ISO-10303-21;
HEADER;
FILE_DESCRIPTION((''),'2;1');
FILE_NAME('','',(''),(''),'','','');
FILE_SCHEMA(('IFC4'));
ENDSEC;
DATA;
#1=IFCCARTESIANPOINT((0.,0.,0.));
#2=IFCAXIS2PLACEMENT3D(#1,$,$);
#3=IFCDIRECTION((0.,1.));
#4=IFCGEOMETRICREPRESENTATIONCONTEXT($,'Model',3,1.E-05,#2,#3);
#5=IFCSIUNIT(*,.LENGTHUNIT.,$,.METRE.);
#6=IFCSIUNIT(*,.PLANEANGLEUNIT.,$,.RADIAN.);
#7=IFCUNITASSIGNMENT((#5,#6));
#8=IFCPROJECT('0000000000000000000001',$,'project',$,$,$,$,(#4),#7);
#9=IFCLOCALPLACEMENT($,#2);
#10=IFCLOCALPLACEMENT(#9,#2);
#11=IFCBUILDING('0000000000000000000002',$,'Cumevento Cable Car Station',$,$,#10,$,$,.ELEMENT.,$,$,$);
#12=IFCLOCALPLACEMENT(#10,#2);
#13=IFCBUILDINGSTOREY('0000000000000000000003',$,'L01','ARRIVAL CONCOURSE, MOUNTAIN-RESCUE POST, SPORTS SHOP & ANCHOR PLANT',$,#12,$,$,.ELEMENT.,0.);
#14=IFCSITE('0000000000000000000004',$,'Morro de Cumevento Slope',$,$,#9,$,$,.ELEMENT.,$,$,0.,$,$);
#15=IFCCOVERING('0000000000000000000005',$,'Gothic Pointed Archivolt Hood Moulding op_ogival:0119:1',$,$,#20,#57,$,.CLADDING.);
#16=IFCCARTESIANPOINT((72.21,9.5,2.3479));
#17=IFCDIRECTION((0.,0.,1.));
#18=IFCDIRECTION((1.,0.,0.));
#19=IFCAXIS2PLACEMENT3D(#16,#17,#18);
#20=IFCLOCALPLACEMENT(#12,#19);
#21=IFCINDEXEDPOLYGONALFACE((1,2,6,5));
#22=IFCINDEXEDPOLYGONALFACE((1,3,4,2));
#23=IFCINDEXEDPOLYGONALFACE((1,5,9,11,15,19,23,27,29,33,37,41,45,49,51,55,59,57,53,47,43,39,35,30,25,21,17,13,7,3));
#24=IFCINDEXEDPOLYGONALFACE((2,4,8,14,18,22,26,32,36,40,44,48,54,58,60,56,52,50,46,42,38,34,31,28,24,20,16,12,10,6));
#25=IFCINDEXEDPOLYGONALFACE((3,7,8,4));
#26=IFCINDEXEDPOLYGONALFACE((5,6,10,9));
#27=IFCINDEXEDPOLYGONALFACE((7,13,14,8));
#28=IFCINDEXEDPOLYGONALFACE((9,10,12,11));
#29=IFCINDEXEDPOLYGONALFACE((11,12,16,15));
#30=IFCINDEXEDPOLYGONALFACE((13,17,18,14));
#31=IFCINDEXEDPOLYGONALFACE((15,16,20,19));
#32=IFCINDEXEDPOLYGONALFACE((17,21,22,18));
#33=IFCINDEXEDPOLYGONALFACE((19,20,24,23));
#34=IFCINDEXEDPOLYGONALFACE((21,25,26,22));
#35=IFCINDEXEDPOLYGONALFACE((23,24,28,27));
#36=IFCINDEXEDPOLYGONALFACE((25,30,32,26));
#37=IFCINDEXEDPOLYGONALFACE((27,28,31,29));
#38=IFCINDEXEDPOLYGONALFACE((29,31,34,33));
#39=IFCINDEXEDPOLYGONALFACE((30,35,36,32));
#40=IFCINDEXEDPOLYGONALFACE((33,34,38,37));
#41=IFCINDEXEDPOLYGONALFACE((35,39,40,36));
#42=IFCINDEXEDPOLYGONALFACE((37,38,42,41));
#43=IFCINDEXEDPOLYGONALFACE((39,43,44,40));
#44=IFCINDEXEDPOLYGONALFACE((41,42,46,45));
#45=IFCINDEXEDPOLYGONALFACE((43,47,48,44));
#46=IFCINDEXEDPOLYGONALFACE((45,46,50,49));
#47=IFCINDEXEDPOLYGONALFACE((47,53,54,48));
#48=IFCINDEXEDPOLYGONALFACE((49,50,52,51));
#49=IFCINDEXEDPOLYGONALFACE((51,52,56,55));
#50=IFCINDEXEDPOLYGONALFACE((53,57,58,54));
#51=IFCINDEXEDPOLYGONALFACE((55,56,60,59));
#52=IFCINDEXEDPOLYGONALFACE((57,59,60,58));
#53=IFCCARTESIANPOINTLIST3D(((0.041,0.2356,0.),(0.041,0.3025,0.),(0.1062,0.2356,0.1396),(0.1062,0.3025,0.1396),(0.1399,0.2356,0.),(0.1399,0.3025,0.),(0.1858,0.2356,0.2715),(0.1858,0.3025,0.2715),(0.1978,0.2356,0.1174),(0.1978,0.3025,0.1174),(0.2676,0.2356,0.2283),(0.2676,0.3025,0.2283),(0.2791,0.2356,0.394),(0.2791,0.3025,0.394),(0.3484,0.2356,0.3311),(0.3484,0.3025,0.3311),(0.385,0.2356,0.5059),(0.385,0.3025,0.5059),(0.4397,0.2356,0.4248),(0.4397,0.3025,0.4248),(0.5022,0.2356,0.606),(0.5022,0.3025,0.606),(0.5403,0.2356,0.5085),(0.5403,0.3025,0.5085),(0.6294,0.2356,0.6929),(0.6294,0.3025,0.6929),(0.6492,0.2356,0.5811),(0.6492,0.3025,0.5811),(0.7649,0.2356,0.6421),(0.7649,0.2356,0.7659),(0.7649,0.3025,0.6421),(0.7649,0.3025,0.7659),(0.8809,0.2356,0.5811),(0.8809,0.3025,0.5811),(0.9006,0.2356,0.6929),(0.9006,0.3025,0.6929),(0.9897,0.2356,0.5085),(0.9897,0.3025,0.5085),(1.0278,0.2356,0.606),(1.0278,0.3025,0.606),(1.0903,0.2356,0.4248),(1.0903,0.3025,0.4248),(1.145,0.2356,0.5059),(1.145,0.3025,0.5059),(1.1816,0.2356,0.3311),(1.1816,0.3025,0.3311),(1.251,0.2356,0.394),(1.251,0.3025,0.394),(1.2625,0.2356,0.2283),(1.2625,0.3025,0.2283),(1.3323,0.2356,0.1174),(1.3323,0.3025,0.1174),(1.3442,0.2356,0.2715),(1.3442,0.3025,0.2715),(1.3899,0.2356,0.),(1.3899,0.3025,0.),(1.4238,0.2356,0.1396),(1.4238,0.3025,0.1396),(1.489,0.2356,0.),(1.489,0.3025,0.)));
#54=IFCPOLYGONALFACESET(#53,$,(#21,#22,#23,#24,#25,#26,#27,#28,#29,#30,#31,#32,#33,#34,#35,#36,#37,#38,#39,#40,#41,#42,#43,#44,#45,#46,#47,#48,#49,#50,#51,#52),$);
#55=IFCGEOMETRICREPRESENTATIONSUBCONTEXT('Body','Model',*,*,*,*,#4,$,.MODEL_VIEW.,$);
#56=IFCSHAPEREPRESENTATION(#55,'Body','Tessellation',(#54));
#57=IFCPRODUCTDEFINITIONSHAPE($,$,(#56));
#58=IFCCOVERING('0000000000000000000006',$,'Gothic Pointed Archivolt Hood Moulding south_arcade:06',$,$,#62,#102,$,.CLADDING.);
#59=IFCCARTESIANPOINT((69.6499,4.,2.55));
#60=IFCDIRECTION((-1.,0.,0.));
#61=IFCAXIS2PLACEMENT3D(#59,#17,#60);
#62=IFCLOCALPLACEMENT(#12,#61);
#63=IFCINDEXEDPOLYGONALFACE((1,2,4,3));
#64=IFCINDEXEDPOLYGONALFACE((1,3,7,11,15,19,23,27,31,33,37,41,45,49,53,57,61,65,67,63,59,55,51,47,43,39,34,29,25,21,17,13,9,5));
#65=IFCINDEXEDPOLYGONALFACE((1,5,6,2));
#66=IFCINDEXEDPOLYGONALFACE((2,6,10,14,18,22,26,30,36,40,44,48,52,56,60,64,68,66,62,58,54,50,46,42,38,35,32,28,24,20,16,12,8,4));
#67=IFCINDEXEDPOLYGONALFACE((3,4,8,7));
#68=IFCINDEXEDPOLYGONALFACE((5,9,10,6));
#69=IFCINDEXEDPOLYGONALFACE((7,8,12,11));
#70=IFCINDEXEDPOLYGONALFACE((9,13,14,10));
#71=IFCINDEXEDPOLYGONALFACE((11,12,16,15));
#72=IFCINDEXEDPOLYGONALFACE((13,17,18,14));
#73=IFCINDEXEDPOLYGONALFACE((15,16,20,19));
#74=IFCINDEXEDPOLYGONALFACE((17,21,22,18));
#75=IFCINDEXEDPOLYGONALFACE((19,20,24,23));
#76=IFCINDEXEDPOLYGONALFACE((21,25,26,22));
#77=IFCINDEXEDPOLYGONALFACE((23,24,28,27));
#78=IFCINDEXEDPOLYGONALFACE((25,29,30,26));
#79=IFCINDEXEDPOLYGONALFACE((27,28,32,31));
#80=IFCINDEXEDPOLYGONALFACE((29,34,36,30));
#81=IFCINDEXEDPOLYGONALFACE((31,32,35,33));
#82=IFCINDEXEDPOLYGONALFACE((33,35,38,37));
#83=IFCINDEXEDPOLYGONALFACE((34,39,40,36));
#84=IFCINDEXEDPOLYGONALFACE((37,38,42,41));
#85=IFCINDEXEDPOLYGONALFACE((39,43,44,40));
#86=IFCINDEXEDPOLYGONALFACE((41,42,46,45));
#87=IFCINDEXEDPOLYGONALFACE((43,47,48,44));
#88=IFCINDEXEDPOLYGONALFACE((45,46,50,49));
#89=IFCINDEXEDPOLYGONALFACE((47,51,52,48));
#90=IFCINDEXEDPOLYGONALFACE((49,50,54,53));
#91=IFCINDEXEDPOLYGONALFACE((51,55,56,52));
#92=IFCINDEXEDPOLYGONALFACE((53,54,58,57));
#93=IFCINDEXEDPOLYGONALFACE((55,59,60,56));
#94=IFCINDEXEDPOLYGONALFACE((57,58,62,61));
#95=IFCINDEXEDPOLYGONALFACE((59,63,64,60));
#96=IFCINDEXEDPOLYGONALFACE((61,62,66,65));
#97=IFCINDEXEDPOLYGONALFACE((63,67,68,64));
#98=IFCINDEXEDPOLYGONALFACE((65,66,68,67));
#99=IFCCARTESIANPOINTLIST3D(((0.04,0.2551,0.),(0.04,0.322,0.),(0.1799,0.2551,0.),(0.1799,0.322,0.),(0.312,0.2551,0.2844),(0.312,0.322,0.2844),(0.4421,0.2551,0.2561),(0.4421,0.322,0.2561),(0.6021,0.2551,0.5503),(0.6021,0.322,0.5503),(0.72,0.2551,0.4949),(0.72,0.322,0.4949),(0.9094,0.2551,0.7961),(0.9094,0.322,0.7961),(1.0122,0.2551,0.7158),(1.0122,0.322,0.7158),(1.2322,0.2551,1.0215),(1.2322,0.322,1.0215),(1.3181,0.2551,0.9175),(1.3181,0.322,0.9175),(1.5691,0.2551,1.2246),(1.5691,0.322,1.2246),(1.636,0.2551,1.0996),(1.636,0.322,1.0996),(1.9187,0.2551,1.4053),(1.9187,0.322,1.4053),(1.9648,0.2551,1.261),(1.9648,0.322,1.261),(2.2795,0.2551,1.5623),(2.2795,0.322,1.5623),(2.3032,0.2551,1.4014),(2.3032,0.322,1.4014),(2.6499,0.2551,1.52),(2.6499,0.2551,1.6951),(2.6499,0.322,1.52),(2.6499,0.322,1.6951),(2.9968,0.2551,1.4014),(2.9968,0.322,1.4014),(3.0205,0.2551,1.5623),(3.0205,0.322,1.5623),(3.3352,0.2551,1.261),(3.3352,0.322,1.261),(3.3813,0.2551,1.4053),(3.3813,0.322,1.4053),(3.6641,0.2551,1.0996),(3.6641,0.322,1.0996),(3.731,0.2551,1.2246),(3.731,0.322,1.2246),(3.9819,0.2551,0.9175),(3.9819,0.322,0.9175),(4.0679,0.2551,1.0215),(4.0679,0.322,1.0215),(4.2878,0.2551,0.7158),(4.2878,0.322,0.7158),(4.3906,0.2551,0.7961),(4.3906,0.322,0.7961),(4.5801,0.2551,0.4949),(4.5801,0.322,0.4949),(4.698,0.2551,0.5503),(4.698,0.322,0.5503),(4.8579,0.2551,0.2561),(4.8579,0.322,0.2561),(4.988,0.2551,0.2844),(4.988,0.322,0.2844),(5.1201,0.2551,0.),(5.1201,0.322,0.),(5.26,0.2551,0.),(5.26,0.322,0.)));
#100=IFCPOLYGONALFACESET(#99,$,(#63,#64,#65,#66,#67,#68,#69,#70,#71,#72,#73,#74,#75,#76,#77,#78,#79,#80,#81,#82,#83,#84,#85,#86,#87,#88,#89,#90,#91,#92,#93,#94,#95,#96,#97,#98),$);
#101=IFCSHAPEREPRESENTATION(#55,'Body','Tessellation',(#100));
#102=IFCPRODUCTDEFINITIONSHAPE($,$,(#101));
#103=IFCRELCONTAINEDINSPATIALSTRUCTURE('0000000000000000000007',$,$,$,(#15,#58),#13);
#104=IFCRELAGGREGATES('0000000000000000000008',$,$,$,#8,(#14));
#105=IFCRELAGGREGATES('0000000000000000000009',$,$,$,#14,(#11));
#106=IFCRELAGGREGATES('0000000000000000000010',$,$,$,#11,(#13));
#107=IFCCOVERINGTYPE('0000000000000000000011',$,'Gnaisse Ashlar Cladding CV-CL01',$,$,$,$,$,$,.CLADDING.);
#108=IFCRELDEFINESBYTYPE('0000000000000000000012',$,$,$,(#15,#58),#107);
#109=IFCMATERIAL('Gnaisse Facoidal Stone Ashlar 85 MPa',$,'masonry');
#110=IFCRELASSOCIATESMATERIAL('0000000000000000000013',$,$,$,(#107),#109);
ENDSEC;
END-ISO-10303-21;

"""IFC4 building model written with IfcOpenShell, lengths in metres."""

from ifc_helpers import new_model, si_unit, direction, frame, origin, place, context, subcontext, project, spatial, polyline, outline, extrude, material, type_object, element, save


model = new_model("IFC4")

# Units and contexts
model_context = context("Model", 3, precision=1e-05, world=origin(), true_north=direction((0.0, 1.0)))
body_context = subcontext(model_context, "Body", "Model", "MODEL_VIEW")
ifc_project = project(units=[si_unit("LENGTHUNIT", "METRE"), si_unit("PLANEANGLEUNIT", "RADIAN")], contexts=[model_context])

# Site, building, storey
site_placement = place(None, origin())
site = spatial("IfcSite", under=ifc_project, at=site_placement, Name="Morro de Cumevento Slope", CompositionType="ELEMENT", RefElevation=0.0)
building_placement = place(site_placement, origin())
building = spatial("IfcBuilding", under=site, at=building_placement, Name="Cumevento Cable Car Station", CompositionType="ELEMENT")
storey_placement = place(building_placement, origin())
storey = spatial("IfcBuildingStorey", under=building, at=storey_placement, Name="L01", Description="ARRIVAL CONCOURSE, MOUNTAIN-RESCUE POST, SPORTS SHOP & ANCHOR PLANT", CompositionType="ELEMENT", Elevation=0.0)

# Coverings
ifc_material_1 = material(Name="Gnaisse Facoidal Stone Ashlar 85 MPa", Category="masonry")
covering_type = type_object("IfcCoveringType", Name="Gnaisse Ashlar Cladding CV-CL01", PredefinedType="CLADDING", material=ifc_material_1)
covering_1_placement = place(storey_placement, frame((72.21, 9.5, 2.3479), z_axis=(0.0, 0.0, 1.0), x_axis=(1.0, 0.0, 0.0)))
element("IfcCovering", 1, at=covering_1_placement, inside=storey, type_object=covering_type, Name="Gothic Pointed Archivolt Hood Moulding op_ogival:0119:1", PredefinedType="CLADDING", context=body_context, shape_type="SweptSolid", body=[
    extrude(outline(polyline([(0.1399, 0.0), (0.1978, 0.1174), (0.2676, 0.2283), (0.3484, 0.3311), (0.4397, 0.4248), (0.5403, 0.5085), (0.6492, 0.5811), (0.7649, 0.6421), (0.8809, 0.5811), (0.9897, 0.5085), (1.0903, 0.4248), (1.1816, 0.3311), (1.2625, 0.2283), (1.3323, 0.1174), (1.3899, 0.0), (1.489, 0.0), (1.4238, 0.1396), (1.3442, 0.2715), (1.251, 0.394), (1.145, 0.5059), (1.0278, 0.606), (0.9006, 0.6929), (0.7649, 0.7659), (0.6294, 0.6929), (0.5022, 0.606), (0.385, 0.5059), (0.2791, 0.394), (0.1858, 0.2715), (0.1062, 0.1396), (0.041, 0.0), (0.1399, 0.0)])), frame((0.0, 0.3025, 0.0), z_axis=(0.0, -1.0, 0.0), x_axis=(1.0, 0.0, 0.0)), (0.0, 0.0, 1.0), 0.0669),
])
covering_2_placement = place(storey_placement, frame((69.6499, 4.0, 2.55), z_axis=(0.0, 0.0, 1.0), x_axis=(-1.0, 0.0, 0.0)))
element("IfcCovering", 2, at=covering_2_placement, inside=storey, type_object=covering_type, Name="Gothic Pointed Archivolt Hood Moulding south_arcade:06", PredefinedType="CLADDING", context=body_context, shape_type="SweptSolid", body=[
    extrude(outline(polyline([(0.1799, 0.0), (0.4421, 0.2561), (0.72, 0.4949), (1.0122, 0.7158), (1.3181, 0.9175), (1.636, 1.0996), (1.9648, 1.261), (2.3032, 1.4014), (2.6499, 1.52), (2.9968, 1.4014), (3.3352, 1.261), (3.6641, 1.0996), (3.9819, 0.9175), (4.2878, 0.7158), (4.5801, 0.4949), (4.8579, 0.2561), (5.1201, 0.0), (5.26, 0.0), (4.988, 0.2844), (4.698, 0.5503), (4.3906, 0.7961), (4.0679, 1.0215), (3.731, 1.2246), (3.3813, 1.4053), (3.0205, 1.5623), (2.6499, 1.6951), (2.2795, 1.5623), (1.9187, 1.4053), (1.5691, 1.2246), (1.2322, 1.0215), (0.9094, 0.7961), (0.6021, 0.5503), (0.312, 0.2844), (0.04, 0.0), (0.1799, 0.0)])), frame((0.0, 0.322, 0.0), z_axis=(0.0, -1.0, 0.0), x_axis=(1.0, 0.0, 0.0)), (0.0, 0.0, 1.0), 0.0669),
])

save(model, "model.ifc")
